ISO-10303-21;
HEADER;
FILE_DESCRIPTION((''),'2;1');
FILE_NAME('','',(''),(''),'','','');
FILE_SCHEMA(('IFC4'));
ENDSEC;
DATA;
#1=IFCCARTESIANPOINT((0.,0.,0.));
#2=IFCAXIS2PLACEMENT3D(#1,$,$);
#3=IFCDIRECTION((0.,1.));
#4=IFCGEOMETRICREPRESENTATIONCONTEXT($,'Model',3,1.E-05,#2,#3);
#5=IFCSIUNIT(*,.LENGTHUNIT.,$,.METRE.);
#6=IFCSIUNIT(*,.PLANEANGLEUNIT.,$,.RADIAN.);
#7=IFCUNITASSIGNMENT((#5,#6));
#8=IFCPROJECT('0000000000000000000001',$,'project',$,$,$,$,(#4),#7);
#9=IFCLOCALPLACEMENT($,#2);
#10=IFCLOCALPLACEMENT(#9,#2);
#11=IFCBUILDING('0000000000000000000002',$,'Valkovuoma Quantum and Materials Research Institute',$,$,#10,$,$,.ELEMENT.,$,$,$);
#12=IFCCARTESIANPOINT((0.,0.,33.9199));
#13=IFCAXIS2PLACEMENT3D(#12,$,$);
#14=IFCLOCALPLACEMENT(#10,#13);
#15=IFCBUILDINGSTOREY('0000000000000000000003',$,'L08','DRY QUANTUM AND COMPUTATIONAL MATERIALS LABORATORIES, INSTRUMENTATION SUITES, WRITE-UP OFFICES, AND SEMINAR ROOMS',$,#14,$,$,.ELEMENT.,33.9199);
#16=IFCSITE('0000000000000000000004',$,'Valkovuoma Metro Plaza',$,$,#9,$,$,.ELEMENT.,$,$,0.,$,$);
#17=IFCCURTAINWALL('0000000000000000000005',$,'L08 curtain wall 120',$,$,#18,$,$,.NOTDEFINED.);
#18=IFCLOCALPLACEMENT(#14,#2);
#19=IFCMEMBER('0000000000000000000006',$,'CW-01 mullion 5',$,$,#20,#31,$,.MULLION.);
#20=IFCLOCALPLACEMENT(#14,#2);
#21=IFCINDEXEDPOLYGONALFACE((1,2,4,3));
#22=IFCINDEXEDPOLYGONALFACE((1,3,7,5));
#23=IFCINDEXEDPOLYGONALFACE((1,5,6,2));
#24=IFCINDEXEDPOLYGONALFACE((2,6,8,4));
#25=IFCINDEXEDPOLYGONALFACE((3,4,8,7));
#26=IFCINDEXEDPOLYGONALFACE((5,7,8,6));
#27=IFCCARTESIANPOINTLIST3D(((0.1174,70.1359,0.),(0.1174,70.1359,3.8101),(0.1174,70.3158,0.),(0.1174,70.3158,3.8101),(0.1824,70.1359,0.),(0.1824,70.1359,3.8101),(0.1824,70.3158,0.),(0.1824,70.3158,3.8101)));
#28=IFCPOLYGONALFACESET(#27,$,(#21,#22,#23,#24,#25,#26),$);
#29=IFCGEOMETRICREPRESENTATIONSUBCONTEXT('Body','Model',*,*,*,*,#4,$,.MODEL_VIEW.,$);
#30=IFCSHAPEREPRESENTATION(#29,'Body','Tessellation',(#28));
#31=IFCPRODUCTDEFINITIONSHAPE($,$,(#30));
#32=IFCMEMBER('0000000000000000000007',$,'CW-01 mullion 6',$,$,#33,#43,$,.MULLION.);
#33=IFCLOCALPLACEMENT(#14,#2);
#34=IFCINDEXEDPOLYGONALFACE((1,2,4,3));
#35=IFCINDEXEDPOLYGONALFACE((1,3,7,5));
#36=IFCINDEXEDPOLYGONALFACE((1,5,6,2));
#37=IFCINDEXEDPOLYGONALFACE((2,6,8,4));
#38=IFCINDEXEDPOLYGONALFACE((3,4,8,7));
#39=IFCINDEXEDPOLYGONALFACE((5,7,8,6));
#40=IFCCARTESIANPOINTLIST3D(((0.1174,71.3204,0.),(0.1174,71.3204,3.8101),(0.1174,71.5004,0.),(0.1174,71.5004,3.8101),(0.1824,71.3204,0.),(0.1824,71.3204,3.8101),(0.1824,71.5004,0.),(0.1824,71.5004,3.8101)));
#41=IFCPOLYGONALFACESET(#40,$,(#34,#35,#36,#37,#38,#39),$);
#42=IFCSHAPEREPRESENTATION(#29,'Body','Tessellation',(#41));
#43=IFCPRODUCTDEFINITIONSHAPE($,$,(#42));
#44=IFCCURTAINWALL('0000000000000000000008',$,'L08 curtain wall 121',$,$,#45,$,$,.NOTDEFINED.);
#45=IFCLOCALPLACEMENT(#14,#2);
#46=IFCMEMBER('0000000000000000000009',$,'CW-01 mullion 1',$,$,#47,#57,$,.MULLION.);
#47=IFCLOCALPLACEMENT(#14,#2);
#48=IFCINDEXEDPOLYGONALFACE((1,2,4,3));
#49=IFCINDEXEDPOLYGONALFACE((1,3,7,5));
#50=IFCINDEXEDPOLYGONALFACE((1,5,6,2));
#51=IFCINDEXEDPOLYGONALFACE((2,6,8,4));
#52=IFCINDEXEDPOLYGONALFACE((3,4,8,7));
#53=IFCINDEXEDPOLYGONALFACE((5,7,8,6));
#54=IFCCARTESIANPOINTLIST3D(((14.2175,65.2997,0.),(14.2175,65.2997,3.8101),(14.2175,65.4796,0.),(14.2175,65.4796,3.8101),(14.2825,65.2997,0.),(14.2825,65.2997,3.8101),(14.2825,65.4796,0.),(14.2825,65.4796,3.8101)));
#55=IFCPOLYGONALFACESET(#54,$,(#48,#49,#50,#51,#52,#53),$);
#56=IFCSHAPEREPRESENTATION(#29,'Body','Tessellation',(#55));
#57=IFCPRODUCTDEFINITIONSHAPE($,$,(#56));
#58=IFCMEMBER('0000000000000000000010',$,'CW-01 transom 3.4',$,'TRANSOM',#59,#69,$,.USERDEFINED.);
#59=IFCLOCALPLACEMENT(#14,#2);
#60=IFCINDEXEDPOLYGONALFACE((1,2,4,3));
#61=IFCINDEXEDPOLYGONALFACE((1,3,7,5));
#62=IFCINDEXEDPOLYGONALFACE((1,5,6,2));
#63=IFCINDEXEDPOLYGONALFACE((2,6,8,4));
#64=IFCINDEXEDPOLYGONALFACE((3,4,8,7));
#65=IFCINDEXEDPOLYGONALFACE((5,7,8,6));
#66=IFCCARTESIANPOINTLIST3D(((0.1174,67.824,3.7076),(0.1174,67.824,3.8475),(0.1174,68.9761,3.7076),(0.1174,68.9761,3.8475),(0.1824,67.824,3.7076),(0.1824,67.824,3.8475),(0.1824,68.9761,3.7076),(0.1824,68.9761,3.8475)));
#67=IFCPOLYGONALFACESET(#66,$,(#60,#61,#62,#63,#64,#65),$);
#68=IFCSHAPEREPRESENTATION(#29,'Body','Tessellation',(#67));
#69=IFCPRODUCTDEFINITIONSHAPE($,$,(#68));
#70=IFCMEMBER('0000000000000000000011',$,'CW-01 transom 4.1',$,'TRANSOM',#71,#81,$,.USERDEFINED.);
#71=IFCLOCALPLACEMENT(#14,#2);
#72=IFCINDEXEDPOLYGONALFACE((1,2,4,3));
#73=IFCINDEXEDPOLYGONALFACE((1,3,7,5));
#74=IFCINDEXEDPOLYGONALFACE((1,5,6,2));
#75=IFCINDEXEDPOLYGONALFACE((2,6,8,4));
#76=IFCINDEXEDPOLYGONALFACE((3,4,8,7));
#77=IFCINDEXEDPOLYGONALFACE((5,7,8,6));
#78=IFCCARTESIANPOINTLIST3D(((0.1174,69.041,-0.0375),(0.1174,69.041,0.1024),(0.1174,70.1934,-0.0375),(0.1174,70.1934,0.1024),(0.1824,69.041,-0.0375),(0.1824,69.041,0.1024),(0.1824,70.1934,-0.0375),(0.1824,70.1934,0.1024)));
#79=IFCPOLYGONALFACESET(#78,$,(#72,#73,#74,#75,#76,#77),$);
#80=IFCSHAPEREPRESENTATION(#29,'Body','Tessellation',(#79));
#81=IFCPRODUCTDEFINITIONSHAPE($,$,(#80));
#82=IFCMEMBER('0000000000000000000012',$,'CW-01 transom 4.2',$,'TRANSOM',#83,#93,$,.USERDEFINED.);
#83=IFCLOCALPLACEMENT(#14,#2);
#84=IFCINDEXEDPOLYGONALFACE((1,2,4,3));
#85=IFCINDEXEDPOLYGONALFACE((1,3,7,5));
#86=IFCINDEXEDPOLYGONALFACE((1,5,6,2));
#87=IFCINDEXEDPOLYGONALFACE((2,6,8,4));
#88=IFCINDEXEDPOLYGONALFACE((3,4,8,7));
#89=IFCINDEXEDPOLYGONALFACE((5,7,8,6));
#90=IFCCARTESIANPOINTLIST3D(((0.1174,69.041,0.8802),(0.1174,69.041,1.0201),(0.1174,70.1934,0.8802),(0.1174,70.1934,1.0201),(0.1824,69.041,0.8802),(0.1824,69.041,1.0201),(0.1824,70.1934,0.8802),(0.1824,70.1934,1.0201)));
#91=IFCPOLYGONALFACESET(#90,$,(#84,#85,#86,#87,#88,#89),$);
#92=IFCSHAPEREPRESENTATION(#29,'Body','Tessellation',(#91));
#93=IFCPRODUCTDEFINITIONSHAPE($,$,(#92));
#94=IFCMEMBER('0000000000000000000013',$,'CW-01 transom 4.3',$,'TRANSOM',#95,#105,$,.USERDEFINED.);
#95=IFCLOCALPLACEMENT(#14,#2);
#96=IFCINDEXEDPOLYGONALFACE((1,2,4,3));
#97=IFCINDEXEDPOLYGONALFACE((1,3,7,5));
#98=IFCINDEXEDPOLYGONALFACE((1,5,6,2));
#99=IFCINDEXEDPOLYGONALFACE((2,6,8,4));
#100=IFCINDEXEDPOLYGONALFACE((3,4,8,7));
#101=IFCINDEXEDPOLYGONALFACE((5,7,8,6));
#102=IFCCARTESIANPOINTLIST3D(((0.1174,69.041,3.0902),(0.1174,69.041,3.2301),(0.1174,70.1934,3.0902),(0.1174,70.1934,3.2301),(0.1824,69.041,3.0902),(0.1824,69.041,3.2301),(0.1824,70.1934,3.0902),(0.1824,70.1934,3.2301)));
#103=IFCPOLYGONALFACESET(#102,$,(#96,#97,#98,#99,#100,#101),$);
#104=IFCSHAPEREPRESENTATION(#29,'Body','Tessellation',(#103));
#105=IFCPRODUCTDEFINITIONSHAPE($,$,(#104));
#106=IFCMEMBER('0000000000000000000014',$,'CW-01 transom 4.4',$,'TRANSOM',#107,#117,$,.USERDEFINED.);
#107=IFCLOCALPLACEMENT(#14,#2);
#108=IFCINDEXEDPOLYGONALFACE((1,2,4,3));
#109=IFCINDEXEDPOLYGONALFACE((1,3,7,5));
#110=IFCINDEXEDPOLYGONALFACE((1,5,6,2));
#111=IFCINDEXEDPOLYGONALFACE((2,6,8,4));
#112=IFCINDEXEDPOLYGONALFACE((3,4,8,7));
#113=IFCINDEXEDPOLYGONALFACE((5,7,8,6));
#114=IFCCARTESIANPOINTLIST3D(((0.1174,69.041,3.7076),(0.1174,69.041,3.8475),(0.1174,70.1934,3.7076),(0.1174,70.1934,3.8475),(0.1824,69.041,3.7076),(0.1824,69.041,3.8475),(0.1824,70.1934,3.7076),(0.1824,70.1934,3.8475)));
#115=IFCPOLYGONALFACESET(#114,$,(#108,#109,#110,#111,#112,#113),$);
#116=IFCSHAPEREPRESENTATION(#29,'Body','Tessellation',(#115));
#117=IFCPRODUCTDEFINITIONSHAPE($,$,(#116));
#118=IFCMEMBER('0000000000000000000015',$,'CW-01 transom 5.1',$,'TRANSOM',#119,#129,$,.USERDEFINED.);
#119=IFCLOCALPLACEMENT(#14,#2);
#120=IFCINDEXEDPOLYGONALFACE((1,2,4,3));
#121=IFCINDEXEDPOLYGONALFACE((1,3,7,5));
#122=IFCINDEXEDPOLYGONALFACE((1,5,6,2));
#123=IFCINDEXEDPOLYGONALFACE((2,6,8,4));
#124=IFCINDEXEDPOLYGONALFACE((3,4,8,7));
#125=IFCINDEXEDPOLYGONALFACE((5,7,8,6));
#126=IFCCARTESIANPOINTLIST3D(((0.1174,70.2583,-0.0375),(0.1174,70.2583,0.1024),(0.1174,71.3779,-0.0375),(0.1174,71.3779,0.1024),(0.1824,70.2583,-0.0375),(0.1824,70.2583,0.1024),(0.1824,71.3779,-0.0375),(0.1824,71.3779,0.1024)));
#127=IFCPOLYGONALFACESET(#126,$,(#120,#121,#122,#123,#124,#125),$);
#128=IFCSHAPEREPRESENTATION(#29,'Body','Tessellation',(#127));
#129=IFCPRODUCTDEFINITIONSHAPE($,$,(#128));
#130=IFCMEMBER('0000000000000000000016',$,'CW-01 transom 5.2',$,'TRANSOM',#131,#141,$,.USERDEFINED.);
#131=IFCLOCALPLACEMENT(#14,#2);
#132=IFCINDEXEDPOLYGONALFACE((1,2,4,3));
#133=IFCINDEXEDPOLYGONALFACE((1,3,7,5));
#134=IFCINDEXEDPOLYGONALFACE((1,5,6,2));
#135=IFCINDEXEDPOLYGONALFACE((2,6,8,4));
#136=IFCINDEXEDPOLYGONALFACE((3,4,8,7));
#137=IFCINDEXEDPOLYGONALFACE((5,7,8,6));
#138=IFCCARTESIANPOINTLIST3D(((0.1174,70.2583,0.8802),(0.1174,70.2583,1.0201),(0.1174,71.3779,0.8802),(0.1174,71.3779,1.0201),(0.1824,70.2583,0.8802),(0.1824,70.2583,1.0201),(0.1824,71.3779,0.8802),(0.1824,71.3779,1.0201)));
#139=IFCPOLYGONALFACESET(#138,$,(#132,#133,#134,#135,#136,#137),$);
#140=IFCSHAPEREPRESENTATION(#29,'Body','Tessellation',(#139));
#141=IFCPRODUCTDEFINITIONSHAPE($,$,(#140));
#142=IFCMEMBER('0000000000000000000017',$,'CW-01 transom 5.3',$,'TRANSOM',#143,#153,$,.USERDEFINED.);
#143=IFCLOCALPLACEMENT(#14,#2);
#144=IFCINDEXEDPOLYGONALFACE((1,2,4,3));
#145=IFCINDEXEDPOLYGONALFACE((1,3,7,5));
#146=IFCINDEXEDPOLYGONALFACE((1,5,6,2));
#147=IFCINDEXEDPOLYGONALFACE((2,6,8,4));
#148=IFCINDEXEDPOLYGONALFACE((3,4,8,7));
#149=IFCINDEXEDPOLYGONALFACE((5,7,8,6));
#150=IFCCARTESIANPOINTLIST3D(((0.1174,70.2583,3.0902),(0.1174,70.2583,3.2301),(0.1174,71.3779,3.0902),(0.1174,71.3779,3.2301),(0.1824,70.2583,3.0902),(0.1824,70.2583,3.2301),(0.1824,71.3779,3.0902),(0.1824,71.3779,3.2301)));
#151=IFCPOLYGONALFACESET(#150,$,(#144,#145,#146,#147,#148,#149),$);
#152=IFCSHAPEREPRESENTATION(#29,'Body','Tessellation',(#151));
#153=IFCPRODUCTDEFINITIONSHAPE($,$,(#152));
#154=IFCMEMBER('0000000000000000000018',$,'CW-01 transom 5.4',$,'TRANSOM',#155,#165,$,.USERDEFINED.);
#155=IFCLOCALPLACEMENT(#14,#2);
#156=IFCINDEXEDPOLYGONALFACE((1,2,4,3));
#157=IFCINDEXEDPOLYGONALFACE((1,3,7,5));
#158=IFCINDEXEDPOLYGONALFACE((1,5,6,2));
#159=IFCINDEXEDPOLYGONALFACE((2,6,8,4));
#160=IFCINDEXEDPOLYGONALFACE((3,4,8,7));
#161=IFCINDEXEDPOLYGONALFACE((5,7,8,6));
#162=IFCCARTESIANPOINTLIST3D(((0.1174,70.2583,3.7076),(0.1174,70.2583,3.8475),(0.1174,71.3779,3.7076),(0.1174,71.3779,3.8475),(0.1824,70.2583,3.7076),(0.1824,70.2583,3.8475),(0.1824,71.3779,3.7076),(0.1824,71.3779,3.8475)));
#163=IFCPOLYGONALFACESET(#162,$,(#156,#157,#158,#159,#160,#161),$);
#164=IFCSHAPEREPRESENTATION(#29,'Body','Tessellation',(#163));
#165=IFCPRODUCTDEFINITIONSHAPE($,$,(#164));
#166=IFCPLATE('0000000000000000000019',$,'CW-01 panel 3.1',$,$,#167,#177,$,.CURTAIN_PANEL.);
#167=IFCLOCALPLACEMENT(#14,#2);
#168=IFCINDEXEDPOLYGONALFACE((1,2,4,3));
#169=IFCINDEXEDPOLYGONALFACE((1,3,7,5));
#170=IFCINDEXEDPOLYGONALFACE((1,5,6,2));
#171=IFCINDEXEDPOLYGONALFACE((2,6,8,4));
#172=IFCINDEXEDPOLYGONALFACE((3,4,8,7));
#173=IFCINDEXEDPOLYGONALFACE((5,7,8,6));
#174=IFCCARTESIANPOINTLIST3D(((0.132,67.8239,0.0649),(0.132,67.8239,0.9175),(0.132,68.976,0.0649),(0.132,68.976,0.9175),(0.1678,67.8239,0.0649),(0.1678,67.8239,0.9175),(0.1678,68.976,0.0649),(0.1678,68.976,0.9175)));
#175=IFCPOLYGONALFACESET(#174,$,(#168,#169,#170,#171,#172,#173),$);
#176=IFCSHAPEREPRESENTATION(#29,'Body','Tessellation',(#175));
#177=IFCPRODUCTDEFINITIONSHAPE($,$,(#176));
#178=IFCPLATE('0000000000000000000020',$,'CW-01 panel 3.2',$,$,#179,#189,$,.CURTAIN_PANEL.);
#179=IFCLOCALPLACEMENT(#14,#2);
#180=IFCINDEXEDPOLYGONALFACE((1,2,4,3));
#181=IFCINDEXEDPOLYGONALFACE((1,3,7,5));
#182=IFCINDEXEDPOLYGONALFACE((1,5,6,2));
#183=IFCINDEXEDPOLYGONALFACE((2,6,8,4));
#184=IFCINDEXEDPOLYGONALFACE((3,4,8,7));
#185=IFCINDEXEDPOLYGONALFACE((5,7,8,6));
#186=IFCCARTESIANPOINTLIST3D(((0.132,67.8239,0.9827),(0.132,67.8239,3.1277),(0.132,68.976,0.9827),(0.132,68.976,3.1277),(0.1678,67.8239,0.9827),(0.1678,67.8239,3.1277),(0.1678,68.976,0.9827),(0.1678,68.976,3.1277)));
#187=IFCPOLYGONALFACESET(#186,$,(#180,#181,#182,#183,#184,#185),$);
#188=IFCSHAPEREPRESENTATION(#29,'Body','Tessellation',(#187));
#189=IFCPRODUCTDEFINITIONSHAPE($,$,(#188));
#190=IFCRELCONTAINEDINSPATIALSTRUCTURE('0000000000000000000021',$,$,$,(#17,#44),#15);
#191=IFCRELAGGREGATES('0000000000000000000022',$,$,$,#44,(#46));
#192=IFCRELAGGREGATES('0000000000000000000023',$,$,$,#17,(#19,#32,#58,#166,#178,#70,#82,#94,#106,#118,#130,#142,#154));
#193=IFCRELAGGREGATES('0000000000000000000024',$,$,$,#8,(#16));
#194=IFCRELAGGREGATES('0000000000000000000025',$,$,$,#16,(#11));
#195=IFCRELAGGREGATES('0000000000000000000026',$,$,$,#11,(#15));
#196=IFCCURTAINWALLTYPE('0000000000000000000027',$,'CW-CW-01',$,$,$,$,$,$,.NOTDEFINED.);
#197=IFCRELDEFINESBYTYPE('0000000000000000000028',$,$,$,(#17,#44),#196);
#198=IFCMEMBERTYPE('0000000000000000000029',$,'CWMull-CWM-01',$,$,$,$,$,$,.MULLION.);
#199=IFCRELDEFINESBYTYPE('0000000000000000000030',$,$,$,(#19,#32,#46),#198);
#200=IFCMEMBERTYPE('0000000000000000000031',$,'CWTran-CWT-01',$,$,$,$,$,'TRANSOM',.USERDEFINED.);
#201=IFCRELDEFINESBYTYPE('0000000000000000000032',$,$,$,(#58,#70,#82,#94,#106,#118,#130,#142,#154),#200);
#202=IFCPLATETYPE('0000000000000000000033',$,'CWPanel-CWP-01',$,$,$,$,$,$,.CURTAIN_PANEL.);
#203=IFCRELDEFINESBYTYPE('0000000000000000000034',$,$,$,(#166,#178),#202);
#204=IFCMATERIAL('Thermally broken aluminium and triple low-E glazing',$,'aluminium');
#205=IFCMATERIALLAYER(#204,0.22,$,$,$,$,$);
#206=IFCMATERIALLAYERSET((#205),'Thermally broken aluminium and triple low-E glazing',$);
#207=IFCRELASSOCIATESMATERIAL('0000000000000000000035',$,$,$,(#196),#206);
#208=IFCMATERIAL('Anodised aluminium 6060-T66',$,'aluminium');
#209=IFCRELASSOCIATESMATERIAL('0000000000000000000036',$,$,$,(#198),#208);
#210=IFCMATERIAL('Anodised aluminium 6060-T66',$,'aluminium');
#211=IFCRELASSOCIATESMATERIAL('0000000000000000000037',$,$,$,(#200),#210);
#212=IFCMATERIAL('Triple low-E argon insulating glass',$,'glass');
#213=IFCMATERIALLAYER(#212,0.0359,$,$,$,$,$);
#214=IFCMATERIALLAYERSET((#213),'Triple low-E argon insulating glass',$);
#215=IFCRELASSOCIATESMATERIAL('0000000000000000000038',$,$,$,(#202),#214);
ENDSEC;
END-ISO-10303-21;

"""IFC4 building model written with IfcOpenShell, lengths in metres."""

from ifc_helpers import new_model, si_unit, direction, frame, origin, origin_2d, place, context, subcontext, project, spatial, rectangle, extrude, material, layer, layer_set, material_profile, profile_set, type_object, element, aggregate, save


model = new_model("IFC4")

# Units and contexts
model_context = context("Model", 3, precision=1e-05, world=origin(), true_north=direction((0.0, 1.0)))
body_context = subcontext(model_context, "Body", "Model", "MODEL_VIEW")
ifc_project = project(units=[si_unit("LENGTHUNIT", "METRE"), si_unit("PLANEANGLEUNIT", "RADIAN")], contexts=[model_context])

# Site, building, storey
site_placement = place(None, origin())
site = spatial("IfcSite", under=ifc_project, at=site_placement, Name="Valkovuoma Metro Plaza", CompositionType="ELEMENT", RefElevation=0.0)
building_placement = place(site_placement, origin())
building = spatial("IfcBuilding", under=site, at=building_placement, Name="Valkovuoma Quantum and Materials Research Institute", CompositionType="ELEMENT")
storey_placement = place(building_placement, frame((0.0, 0.0, 33.9199)))
storey = spatial("IfcBuildingStorey", under=building, at=storey_placement, Name="L08", Description="DRY QUANTUM AND COMPUTATIONAL MATERIALS LABORATORIES, INSTRUMENTATION SUITES, WRITE-UP OFFICES, AND SEMINAR ROOMS", CompositionType="ELEMENT", Elevation=33.9199)

# Curtain wall, members
ifc_material_1 = material(Name="Thermally broken aluminium and triple low-E glazing", Category="aluminium")
ifc_layer_1 = layer(ifc_material_1, 0.22)
ifc_layer_set_1 = layer_set([ifc_layer_1], Name="Thermally broken aluminium and triple low-E glazing")
curtain_wall_type = type_object("IfcCurtainWallType", Name="CW-CW-01", PredefinedType="NOTDEFINED", material=ifc_layer_set_1)
curtain_wall_1_placement = place(storey_placement, origin())
curtain_wall_1 = element("IfcCurtainWall", 1, at=curtain_wall_1_placement, inside=storey, type_object=curtain_wall_type, Name="L08 curtain wall 120", PredefinedType="NOTDEFINED")
ifc_material_2 = material(Name="Anodised aluminium 6060-T66", Category="aluminium")
ifc_material_profile_1 = material_profile(ifc_material_2, rectangle(XDim=0.0649, YDim=0.1799, at=origin_2d()), Name="Anodised aluminium 6060-T66")
ifc_profile_set_1 = profile_set([ifc_material_profile_1], Name="Anodised aluminium 6060-T66")
member_type_1 = type_object("IfcMemberType", Name="CWMull-CWM-01", PredefinedType="MULLION", material=ifc_profile_set_1)
member_1_placement = place(storey_placement, frame((0.1499, 70.2258, 0.0), z_axis=(0.0, 0.0, 1.0), x_axis=(-1.0, 0.0, 0.0)))
member_1 = element("IfcMember", 2, at=member_1_placement, type_object=member_type_1, Name="CW-01 mullion 5", PredefinedType="MULLION", context=body_context, shape_type="SweptSolid", body=[
    extrude(rectangle(XDim=0.0649, YDim=0.1799, at=origin_2d()), origin(), (0.0, 0.0, 1.0), 3.8101),
])
member_2_placement = place(storey_placement, frame((0.1499, 71.4104, 0.0), z_axis=(0.0, 0.0, 1.0), x_axis=(-1.0, 0.0, 0.0)))
member_2 = element("IfcMember", 3, at=member_2_placement, type_object=member_type_1, Name="CW-01 mullion 6", PredefinedType="MULLION", context=body_context, shape_type="SweptSolid", body=[
    extrude(rectangle(XDim=0.0649, YDim=0.1799, at=origin_2d()), origin(), (0.0, 0.0, 1.0), 3.8101),
])

# Curtain wall, member
curtain_wall_2_placement = place(storey_placement, origin())
curtain_wall_2 = element("IfcCurtainWall", 4, at=curtain_wall_2_placement, inside=storey, type_object=curtain_wall_type, Name="L08 curtain wall 121", PredefinedType="NOTDEFINED")
member_3_placement = place(storey_placement, frame((14.25, 65.3896, 0.0), z_axis=(0.0, 0.0, 1.0), x_axis=(-1.0, 0.0, 0.0)))
member_3 = element("IfcMember", 5, at=member_3_placement, type_object=member_type_1, Name="CW-01 mullion 1", PredefinedType="MULLION", context=body_context, shape_type="SweptSolid", body=[
    extrude(rectangle(XDim=0.0649, YDim=0.1799, at=origin_2d()), origin(), (0.0, 0.0, 1.0), 3.8101),
])
aggregate(curtain_wall_2, [member_3])

# Members
ifc_material_3 = material(Name="Anodised aluminium 6060-T66", Category="aluminium")
ifc_material_profile_2 = material_profile(ifc_material_3, rectangle(XDim=0.0649, YDim=0.1399, at=origin_2d()), Name="Anodised aluminium 6060-T66")
ifc_profile_set_2 = profile_set([ifc_material_profile_2], Name="Anodised aluminium 6060-T66")
member_type_2 = type_object("IfcMemberType", Name="CWTran-CWT-01", ElementType="TRANSOM", PredefinedType="USERDEFINED", material=ifc_profile_set_2)
member_4_placement = place(storey_placement, frame((0.1499, 67.824, 3.7776), z_axis=(0.0, 1.0, 0.0), x_axis=(-1.0, 0.0, 0.0)))
member_4 = element("IfcMember", 6, at=member_4_placement, type_object=member_type_2, Name="CW-01 transom 3.4", ObjectType="TRANSOM", PredefinedType="USERDEFINED", context=body_context, shape_type="SweptSolid", body=[
    extrude(rectangle(XDim=0.0649, YDim=0.1399, at=origin_2d()), origin(), (0.0, 0.0, 1.0), 1.1521),
])
member_5_placement = place(storey_placement, frame((0.1499, 69.041, 0.0325), z_axis=(0.0, 1.0, 0.0), x_axis=(-1.0, 0.0, 0.0)))
member_5 = element("IfcMember", 7, at=member_5_placement, type_object=member_type_2, Name="CW-01 transom 4.1", ObjectType="TRANSOM", PredefinedType="USERDEFINED", context=body_context, shape_type="SweptSolid", body=[
    extrude(rectangle(XDim=0.0649, YDim=0.1399, at=origin_2d()), origin(), (0.0, 0.0, 1.0), 1.1523),
])
member_6_placement = place(storey_placement, frame((0.1499, 69.041, 0.9502), z_axis=(0.0, 1.0, 0.0), x_axis=(-1.0, 0.0, 0.0)))
member_6 = element("IfcMember", 8, at=member_6_placement, type_object=member_type_2, Name="CW-01 transom 4.2", ObjectType="TRANSOM", PredefinedType="USERDEFINED", context=body_context, shape_type="SweptSolid", body=[
    extrude(rectangle(XDim=0.0649, YDim=0.1399, at=origin_2d()), origin(), (0.0, 0.0, 1.0), 1.1523),
])
member_7_placement = place(storey_placement, frame((0.1499, 69.041, 3.1602), z_axis=(0.0, 1.0, 0.0), x_axis=(-1.0, 0.0, 0.0)))
member_7 = element("IfcMember", 9, at=member_7_placement, type_object=member_type_2, Name="CW-01 transom 4.3", ObjectType="TRANSOM", PredefinedType="USERDEFINED", context=body_context, shape_type="SweptSolid", body=[
    extrude(rectangle(XDim=0.0649, YDim=0.1399, at=origin_2d()), origin(), (0.0, 0.0, 1.0), 1.1523),
])
member_8_placement = place(storey_placement, frame((0.1499, 69.041, 3.7776), z_axis=(0.0, 1.0, 0.0), x_axis=(-1.0, 0.0, 0.0)))
member_8 = element("IfcMember", 10, at=member_8_placement, type_object=member_type_2, Name="CW-01 transom 4.4", ObjectType="TRANSOM", PredefinedType="USERDEFINED", context=body_context, shape_type="SweptSolid", body=[
    extrude(rectangle(XDim=0.0649, YDim=0.1399, at=origin_2d()), origin(), (0.0, 0.0, 1.0), 1.1523),
])
member_9_placement = place(storey_placement, frame((0.1499, 70.2583, 0.0325), z_axis=(0.0, 1.0, 0.0), x_axis=(-1.0, 0.0, 0.0)))
member_9 = element("IfcMember", 11, at=member_9_placement, type_object=member_type_2, Name="CW-01 transom 5.1", ObjectType="TRANSOM", PredefinedType="USERDEFINED", context=body_context, shape_type="SweptSolid", body=[
    extrude(rectangle(XDim=0.0649, YDim=0.1399, at=origin_2d()), origin(), (0.0, 0.0, 1.0), 1.1196),
])
member_10_placement = place(storey_placement, frame((0.1499, 70.2583, 0.9502), z_axis=(0.0, 1.0, 0.0), x_axis=(-1.0, 0.0, 0.0)))
member_10 = element("IfcMember", 12, at=member_10_placement, type_object=member_type_2, Name="CW-01 transom 5.2", ObjectType="TRANSOM", PredefinedType="USERDEFINED", context=body_context, shape_type="SweptSolid", body=[
    extrude(rectangle(XDim=0.0649, YDim=0.1399, at=origin_2d()), origin(), (0.0, 0.0, 1.0), 1.1196),
])
member_11_placement = place(storey_placement, frame((0.1499, 70.2583, 3.1602), z_axis=(0.0, 1.0, 0.0), x_axis=(-1.0, 0.0, 0.0)))
member_11 = element("IfcMember", 13, at=member_11_placement, type_object=member_type_2, Name="CW-01 transom 5.3", ObjectType="TRANSOM", PredefinedType="USERDEFINED", context=body_context, shape_type="SweptSolid", body=[
    extrude(rectangle(XDim=0.0649, YDim=0.1399, at=origin_2d()), origin(), (0.0, 0.0, 1.0), 1.1196),
])
member_12_placement = place(storey_placement, frame((0.1499, 70.2583, 3.7776), z_axis=(0.0, 1.0, 0.0), x_axis=(-1.0, 0.0, 0.0)))
member_12 = element("IfcMember", 14, at=member_12_placement, type_object=member_type_2, Name="CW-01 transom 5.4", ObjectType="TRANSOM", PredefinedType="USERDEFINED", context=body_context, shape_type="SweptSolid", body=[
    extrude(rectangle(XDim=0.0649, YDim=0.1399, at=origin_2d()), origin(), (0.0, 0.0, 1.0), 1.1196),
])

# Plates
ifc_material_4 = material(Name="Triple low-E argon insulating glass", Category="glass")
ifc_layer_2 = layer(ifc_material_4, 0.0359)
ifc_layer_set_2 = layer_set([ifc_layer_2], Name="Triple low-E argon insulating glass")
plate_type = type_object("IfcPlateType", Name="CWPanel-CWP-01", PredefinedType="CURTAIN_PANEL", material=ifc_layer_set_2)
plate_1_placement = place(storey_placement, frame((0.1499, 68.3999, 0.0649), z_axis=(0.0, 0.0, 1.0), x_axis=(0.0, 1.0, 0.0)))
plate_1 = element("IfcPlate", 15, at=plate_1_placement, type_object=plate_type, Name="CW-01 panel 3.1", PredefinedType="CURTAIN_PANEL", context=body_context, shape_type="SweptSolid", body=[
    extrude(rectangle(XDim=1.1521, YDim=0.0359, at=origin_2d()), origin(), (0.0, 0.0, 1.0), 0.8525),
])
plate_2_placement = place(storey_placement, frame((0.1499, 68.3999, 0.9827), z_axis=(0.0, 0.0, 1.0), x_axis=(0.0, 1.0, 0.0)))
plate_2 = element("IfcPlate", 16, at=plate_2_placement, type_object=plate_type, Name="CW-01 panel 3.2", PredefinedType="CURTAIN_PANEL", context=body_context, shape_type="SweptSolid", body=[
    extrude(rectangle(XDim=1.1521, YDim=0.0359, at=origin_2d()), origin(), (0.0, 0.0, 1.0), 2.145),
])
aggregate(curtain_wall_1, [member_1, member_2, member_4, plate_1, plate_2, member_5, member_6, member_7, member_8, member_9, member_10, member_11, member_12])

save(model, "model.ifc")
